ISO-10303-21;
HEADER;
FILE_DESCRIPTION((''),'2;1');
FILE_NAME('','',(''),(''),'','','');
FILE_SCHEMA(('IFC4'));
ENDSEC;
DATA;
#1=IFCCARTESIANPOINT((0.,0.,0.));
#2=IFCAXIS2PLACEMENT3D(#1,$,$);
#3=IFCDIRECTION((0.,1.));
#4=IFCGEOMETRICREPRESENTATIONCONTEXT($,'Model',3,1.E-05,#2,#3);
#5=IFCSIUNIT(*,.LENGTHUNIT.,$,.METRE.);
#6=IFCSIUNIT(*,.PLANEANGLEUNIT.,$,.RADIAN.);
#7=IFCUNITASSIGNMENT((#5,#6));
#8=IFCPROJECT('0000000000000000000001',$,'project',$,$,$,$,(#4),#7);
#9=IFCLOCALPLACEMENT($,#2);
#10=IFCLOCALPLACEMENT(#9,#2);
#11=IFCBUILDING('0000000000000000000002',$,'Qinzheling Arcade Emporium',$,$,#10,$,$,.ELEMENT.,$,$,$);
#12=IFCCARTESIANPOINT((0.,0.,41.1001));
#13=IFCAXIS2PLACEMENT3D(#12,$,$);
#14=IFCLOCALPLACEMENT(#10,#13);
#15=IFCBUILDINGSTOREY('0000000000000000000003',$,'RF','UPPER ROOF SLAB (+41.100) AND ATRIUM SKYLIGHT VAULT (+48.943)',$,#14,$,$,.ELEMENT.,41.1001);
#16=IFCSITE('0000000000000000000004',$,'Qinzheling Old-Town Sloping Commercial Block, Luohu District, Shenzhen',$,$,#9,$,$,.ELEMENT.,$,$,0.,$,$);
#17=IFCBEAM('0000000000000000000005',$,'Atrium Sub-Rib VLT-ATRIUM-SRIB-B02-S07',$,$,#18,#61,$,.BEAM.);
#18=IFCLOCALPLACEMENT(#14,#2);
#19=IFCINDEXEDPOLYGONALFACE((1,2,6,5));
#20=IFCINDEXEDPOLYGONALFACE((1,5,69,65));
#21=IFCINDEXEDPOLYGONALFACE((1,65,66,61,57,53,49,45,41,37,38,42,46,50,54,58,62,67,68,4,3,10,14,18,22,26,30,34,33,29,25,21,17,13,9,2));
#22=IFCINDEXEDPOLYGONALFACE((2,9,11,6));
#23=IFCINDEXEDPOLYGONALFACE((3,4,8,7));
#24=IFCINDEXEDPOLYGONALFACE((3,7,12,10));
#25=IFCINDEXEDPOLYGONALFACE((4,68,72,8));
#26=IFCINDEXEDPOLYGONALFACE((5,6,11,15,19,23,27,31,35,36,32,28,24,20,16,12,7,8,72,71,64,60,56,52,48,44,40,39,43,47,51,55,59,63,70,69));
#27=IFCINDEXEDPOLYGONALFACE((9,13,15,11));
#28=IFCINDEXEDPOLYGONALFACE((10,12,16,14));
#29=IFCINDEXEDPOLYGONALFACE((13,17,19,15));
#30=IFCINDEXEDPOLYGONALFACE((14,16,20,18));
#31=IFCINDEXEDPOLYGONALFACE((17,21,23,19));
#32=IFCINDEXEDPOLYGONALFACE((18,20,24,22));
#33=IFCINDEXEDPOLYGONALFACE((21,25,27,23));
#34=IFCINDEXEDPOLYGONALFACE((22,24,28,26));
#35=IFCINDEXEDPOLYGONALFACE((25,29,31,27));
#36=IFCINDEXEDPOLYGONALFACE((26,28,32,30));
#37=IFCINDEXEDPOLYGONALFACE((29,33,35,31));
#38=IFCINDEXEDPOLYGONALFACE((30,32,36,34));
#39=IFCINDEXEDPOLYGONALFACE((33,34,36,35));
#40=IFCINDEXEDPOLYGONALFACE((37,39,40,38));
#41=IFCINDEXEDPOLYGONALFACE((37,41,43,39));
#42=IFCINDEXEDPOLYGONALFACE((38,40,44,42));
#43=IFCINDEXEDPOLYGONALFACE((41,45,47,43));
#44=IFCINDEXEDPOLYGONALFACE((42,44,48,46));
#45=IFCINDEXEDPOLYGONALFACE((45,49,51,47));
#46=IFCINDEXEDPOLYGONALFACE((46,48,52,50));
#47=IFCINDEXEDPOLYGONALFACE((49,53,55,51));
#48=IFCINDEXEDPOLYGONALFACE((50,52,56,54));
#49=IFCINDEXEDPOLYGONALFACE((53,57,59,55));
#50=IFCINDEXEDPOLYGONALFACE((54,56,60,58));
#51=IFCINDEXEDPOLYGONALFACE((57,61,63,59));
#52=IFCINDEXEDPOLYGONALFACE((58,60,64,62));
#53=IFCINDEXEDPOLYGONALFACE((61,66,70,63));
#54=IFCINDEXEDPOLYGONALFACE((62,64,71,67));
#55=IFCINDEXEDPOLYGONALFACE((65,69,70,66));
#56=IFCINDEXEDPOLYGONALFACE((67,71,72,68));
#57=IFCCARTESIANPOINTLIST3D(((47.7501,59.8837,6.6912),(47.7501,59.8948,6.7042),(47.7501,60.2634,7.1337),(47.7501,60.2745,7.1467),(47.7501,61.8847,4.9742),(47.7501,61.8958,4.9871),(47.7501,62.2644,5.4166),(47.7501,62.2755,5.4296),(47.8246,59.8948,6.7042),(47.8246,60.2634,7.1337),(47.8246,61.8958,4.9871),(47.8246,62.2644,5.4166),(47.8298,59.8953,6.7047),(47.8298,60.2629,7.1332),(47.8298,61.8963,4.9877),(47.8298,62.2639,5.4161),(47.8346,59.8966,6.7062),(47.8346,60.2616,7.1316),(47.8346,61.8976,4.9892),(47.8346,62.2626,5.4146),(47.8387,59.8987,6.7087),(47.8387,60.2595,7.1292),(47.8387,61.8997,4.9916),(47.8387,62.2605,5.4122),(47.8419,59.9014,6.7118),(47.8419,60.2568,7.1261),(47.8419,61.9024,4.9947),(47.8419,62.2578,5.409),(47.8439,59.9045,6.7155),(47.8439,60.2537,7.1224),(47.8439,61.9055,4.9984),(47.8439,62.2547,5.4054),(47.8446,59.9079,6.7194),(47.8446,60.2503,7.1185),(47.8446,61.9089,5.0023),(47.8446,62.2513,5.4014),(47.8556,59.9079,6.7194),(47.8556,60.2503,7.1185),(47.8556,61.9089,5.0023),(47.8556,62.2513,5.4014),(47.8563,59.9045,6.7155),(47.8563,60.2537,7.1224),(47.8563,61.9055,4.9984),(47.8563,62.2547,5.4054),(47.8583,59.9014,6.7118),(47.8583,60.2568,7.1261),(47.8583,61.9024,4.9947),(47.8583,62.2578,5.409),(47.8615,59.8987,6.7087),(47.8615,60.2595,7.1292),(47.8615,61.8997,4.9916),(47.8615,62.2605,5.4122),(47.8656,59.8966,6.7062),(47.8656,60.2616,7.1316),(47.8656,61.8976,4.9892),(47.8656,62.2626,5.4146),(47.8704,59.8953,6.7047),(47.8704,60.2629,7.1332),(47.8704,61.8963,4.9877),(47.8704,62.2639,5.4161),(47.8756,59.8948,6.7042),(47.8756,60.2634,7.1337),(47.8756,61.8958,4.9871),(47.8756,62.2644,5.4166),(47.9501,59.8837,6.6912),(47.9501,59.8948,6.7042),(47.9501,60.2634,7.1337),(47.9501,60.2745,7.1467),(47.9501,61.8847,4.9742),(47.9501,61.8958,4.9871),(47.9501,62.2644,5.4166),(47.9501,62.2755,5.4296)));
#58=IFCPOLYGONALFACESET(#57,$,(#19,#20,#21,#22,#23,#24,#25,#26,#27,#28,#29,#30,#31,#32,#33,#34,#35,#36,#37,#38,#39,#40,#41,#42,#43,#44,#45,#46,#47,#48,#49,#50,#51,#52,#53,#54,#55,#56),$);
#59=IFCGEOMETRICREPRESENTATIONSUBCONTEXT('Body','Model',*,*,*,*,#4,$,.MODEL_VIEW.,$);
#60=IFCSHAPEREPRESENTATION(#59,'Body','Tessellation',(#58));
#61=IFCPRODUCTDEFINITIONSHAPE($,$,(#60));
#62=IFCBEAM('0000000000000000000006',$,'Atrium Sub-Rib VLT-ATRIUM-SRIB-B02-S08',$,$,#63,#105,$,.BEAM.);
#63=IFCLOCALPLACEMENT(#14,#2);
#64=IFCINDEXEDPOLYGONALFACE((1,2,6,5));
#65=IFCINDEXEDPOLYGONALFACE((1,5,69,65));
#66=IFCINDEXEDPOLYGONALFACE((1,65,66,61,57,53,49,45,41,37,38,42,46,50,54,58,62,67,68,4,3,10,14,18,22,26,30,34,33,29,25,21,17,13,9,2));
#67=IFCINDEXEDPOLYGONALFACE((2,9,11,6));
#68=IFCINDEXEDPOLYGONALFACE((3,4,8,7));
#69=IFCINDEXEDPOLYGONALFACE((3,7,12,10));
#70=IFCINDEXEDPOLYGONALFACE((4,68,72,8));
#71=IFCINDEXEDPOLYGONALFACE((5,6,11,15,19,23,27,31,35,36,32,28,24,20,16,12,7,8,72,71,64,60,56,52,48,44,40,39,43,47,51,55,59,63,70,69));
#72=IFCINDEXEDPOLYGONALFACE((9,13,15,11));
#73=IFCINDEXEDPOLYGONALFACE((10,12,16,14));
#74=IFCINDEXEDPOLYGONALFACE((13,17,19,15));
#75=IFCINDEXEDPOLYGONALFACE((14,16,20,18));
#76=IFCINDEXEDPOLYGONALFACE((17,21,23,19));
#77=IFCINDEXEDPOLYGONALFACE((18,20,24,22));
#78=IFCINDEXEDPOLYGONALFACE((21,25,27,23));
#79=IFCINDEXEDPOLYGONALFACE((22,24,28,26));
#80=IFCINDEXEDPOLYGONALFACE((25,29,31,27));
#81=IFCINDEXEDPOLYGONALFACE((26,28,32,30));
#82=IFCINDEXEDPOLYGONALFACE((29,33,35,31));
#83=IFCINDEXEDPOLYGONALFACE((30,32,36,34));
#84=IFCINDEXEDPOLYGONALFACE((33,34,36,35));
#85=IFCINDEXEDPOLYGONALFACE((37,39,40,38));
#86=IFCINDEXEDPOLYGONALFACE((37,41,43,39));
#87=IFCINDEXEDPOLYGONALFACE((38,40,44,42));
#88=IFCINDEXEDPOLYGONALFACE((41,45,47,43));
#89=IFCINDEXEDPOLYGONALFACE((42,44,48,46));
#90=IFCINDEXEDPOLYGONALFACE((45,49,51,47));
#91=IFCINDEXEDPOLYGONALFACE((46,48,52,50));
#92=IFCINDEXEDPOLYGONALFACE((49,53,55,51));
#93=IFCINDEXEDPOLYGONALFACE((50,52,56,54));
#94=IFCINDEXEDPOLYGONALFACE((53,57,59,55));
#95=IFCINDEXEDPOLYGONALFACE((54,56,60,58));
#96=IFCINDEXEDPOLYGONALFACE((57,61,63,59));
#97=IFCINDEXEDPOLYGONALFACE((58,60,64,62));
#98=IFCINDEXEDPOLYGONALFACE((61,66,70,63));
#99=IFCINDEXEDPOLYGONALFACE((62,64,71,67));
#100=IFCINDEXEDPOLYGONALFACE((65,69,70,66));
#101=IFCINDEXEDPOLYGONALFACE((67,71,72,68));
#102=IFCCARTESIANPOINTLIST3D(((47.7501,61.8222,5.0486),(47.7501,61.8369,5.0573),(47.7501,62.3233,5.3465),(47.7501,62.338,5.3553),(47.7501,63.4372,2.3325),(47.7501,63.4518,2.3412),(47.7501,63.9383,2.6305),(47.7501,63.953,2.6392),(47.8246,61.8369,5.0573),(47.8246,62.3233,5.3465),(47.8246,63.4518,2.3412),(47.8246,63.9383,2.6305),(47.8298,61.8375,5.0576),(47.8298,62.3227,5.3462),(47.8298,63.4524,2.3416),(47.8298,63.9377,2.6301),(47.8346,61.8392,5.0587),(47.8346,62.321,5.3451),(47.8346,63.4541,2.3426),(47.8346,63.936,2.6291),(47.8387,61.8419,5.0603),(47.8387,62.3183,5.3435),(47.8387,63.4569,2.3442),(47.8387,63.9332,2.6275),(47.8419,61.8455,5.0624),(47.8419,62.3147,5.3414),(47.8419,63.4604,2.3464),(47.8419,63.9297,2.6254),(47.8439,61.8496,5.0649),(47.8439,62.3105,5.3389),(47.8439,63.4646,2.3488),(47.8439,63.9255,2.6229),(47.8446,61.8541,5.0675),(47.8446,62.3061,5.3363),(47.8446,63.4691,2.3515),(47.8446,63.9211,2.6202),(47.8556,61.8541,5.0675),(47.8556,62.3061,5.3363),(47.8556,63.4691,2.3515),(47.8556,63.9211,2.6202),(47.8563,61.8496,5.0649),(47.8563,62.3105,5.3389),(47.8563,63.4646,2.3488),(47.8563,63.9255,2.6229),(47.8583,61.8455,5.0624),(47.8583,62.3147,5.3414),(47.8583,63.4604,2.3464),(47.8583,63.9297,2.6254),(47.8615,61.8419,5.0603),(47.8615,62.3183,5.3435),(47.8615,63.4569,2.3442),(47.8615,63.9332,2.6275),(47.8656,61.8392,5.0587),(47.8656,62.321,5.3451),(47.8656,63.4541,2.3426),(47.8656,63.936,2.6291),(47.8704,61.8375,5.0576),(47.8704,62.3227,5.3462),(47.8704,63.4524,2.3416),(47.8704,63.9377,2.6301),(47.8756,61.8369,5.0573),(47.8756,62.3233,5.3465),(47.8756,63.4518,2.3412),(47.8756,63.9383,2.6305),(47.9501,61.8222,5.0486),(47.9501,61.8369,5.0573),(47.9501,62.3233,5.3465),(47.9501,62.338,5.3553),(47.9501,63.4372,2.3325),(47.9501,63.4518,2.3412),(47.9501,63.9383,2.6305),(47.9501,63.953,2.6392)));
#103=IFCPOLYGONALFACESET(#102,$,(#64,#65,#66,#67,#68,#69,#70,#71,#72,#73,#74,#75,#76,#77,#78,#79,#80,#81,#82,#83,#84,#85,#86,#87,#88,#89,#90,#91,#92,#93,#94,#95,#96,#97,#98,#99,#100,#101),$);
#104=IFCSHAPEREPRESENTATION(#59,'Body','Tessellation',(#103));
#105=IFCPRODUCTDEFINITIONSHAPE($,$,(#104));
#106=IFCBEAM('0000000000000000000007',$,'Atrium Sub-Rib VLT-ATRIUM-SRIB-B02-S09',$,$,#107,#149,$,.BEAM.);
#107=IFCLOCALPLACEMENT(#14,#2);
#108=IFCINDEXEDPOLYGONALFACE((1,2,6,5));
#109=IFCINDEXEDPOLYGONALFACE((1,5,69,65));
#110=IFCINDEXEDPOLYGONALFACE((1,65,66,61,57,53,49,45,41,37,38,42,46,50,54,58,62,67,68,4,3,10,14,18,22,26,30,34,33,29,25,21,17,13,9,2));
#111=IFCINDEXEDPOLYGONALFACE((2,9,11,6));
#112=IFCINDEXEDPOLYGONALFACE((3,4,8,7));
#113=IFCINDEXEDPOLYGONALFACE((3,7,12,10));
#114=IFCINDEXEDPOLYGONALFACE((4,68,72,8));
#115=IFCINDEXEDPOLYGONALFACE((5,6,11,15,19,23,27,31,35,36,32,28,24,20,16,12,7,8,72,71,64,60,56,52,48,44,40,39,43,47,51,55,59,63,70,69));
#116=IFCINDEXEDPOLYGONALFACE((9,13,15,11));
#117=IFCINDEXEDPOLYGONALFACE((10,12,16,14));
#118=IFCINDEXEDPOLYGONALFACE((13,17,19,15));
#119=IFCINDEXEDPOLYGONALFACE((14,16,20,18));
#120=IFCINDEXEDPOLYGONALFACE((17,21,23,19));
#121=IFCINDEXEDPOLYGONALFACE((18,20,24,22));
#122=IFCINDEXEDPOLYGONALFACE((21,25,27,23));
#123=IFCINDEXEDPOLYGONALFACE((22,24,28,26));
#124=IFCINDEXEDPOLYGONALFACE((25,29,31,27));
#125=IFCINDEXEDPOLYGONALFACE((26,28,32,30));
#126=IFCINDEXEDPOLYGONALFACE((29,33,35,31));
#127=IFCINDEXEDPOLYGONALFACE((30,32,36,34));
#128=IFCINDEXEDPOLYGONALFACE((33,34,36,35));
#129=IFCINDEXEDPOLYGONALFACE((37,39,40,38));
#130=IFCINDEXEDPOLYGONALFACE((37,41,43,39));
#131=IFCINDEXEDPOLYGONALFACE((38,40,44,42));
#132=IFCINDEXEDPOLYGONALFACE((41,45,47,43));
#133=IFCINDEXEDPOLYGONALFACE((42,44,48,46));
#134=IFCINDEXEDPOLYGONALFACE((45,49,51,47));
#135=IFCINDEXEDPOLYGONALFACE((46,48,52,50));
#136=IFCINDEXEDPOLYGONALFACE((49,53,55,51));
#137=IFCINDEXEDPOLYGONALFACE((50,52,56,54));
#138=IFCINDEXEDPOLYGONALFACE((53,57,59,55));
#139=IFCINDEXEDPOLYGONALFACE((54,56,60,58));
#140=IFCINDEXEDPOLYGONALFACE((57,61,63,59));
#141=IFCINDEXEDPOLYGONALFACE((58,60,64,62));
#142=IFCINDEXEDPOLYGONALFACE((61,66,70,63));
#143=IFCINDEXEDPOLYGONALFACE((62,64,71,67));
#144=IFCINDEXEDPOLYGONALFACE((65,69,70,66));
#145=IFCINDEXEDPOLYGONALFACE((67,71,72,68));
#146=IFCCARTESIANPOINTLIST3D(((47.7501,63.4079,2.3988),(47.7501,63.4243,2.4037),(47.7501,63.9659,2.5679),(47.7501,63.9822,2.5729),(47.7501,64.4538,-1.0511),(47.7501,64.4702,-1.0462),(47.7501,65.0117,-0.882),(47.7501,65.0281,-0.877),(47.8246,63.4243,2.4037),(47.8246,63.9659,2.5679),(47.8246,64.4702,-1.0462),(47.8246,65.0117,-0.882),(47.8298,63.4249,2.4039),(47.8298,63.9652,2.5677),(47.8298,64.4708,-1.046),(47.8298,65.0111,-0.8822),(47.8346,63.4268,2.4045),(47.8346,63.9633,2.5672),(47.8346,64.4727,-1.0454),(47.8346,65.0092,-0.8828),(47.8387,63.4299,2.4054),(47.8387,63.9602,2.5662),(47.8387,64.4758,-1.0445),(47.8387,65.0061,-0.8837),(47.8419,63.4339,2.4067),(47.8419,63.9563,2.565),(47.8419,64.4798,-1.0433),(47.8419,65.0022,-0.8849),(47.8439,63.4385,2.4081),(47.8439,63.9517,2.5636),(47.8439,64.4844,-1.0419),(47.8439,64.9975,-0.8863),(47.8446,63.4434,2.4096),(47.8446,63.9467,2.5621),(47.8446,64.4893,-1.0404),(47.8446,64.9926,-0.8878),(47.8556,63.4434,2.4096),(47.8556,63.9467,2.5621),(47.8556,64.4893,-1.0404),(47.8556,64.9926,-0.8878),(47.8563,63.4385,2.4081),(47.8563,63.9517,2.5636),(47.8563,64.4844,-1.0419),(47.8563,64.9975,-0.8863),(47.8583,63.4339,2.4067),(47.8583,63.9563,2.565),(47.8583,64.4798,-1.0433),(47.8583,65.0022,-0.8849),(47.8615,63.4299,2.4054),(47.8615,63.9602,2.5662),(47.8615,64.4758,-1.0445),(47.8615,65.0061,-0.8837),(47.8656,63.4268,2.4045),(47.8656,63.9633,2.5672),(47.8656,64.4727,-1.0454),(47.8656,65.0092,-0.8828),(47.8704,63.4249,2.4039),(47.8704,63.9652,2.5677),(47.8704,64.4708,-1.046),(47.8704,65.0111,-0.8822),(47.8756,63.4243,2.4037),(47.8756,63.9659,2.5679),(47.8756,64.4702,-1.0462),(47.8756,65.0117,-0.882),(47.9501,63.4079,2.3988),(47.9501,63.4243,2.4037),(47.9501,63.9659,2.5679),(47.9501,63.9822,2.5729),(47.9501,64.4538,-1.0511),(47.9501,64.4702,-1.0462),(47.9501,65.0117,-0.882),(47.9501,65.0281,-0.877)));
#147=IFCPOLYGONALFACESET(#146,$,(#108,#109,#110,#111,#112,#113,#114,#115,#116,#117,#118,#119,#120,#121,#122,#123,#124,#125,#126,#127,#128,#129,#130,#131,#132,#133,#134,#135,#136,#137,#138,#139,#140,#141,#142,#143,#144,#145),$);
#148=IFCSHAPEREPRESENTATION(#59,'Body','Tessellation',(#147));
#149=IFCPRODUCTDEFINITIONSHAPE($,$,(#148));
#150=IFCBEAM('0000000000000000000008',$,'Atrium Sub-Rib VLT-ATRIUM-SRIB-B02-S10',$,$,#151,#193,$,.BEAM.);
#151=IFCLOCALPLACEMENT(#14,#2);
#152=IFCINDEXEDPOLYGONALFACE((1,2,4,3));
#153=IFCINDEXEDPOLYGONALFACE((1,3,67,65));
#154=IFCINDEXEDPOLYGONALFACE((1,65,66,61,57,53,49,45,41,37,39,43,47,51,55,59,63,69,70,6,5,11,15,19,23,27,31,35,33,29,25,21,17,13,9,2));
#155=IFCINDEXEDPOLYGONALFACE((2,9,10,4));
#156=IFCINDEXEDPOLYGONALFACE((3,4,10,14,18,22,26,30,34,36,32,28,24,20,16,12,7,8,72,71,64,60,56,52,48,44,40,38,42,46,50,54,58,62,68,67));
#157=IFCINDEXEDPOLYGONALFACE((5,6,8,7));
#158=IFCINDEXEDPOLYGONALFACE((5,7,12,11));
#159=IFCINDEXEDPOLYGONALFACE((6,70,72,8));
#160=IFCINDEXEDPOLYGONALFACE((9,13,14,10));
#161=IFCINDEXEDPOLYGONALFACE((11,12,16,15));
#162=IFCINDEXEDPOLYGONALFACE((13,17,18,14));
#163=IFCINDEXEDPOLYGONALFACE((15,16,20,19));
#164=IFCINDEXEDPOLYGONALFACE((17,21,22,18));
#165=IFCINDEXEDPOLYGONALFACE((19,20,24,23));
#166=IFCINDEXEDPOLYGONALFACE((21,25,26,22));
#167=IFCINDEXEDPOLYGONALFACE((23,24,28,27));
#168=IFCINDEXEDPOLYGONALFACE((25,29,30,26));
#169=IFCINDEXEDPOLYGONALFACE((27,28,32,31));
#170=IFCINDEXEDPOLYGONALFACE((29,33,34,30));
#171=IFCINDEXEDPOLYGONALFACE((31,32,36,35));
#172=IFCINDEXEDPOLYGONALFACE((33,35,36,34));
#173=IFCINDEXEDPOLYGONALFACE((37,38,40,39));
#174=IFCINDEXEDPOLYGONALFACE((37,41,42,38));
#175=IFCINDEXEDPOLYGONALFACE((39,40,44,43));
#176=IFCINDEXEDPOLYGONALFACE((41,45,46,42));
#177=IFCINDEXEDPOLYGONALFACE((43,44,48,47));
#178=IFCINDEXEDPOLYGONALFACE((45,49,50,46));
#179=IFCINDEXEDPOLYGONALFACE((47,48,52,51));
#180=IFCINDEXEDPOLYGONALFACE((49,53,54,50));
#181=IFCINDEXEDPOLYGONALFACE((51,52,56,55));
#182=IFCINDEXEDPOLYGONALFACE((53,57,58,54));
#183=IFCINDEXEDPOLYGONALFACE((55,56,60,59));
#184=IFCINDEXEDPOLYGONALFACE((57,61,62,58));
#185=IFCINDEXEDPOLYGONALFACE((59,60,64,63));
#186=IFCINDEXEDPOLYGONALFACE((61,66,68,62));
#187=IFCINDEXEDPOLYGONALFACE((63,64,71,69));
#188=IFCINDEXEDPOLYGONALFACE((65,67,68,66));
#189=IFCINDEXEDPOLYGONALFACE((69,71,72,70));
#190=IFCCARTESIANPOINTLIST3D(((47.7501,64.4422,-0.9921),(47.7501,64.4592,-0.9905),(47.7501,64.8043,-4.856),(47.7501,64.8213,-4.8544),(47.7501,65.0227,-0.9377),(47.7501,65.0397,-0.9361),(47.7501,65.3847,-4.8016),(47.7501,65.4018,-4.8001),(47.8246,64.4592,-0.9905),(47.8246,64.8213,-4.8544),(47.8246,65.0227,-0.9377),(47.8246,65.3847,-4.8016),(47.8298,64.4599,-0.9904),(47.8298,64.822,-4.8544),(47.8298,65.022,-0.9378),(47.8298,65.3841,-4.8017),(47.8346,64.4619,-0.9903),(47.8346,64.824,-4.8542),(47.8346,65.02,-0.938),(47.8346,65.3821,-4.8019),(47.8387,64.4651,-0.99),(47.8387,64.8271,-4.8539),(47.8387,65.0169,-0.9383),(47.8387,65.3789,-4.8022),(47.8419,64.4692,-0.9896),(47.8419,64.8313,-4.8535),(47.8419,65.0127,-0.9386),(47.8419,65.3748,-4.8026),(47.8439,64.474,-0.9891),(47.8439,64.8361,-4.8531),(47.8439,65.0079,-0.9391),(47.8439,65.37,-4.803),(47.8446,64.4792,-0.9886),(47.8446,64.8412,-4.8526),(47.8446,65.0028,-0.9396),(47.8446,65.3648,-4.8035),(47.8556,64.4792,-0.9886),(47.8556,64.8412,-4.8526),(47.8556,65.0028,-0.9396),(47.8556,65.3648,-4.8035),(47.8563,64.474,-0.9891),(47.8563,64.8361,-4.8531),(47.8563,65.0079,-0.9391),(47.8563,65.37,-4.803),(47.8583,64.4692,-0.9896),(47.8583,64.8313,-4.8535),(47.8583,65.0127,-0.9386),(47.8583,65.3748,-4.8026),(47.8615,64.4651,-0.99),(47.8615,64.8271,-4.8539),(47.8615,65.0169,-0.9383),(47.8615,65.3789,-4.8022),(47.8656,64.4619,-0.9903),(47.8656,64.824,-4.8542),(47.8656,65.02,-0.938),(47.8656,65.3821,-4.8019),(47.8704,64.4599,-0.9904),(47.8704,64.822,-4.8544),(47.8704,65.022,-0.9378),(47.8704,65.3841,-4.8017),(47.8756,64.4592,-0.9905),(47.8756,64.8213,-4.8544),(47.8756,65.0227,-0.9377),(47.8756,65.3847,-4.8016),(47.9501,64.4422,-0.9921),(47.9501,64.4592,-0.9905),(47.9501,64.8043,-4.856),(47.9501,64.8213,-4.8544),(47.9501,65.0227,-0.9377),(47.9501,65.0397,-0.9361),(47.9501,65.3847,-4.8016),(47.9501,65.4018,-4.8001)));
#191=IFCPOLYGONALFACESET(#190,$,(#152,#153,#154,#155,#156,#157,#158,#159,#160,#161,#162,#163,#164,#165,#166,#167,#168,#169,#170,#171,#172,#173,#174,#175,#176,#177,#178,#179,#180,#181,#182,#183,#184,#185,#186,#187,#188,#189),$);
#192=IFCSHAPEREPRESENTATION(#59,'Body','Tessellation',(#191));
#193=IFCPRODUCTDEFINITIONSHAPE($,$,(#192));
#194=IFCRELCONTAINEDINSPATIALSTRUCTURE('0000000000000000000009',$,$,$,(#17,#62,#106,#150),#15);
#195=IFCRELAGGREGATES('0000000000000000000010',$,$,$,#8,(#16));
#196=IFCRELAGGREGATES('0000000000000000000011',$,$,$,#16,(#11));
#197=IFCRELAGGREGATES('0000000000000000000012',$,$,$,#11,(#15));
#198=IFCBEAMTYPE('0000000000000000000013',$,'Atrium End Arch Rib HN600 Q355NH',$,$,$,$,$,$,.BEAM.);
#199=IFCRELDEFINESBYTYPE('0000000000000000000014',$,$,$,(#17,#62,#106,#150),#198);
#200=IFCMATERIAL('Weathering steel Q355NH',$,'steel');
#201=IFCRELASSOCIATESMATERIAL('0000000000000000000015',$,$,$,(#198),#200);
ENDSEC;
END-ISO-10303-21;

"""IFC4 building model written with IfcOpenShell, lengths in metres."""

from ifc_helpers import new_model, si_unit, direction, frame, origin, origin_2d, place, context, subcontext, project, spatial, i_section, extrude, material, material_profile, profile_set, type_object, element, save


model = new_model("IFC4")

# Units and contexts
model_context = context("Model", 3, precision=1e-05, world=origin(), true_north=direction((0.0, 1.0)))
body_context = subcontext(model_context, "Body", "Model", "MODEL_VIEW")
ifc_project = project(units=[si_unit("LENGTHUNIT", "METRE"), si_unit("PLANEANGLEUNIT", "RADIAN")], contexts=[model_context])

# Site, building, storey
site_placement = place(None, origin())
site = spatial("IfcSite", under=ifc_project, at=site_placement, Name="Qinzheling Old-Town Sloping Commercial Block, Luohu District, Shenzhen", CompositionType="ELEMENT", RefElevation=0.0)
building_placement = place(site_placement, origin())
building = spatial("IfcBuilding", under=site, at=building_placement, Name="Qinzheling Arcade Emporium", CompositionType="ELEMENT")
storey_placement = place(building_placement, frame((0.0, 0.0, 41.1001)))
storey = spatial("IfcBuildingStorey", under=building, at=storey_placement, Name="RF", Description="UPPER ROOF SLAB (+41.100) AND ATRIUM SKYLIGHT VAULT (+48.943)", CompositionType="ELEMENT", Elevation=41.1001)

# Beams
ifc_material_1 = material(Name="Weathering steel Q355NH", Category="steel")
ifc_material_profile_1 = material_profile(ifc_material_1, i_section(OverallWidth=0.2, OverallDepth=0.6001, WebThickness=0.011, FlangeThickness=0.0171, FilletRadius=0.02, at=origin_2d()), Name="HN 600x200x11x17", Category="steel")
ifc_profile_set_1 = profile_set([ifc_material_profile_1], Name="Weathering steel Q355NH")
beam_type_1 = type_object("IfcBeamType", Name="Atrium End Arch Rib HN600 Q355NH", PredefinedType="BEAM", material=ifc_profile_set_1)
beam_1_placement = place(storey_placement, frame((47.8501, 60.0791, 6.9189), z_axis=(0.0, 0.758897, -0.651211), x_axis=(-1.0, 0.0, 0.0)))
element("IfcBeam", 1, at=beam_1_placement, inside=storey, type_object=beam_type_1, Name="Atrium Sub-Rib VLT-ATRIUM-SRIB-B02-S07", PredefinedType="BEAM", context=body_context, shape_type="SweptSolid", body=[
    extrude(i_section(OverallWidth=0.2, OverallDepth=0.6001, WebThickness=0.011, FlangeThickness=0.0171, FilletRadius=0.02, at=origin_2d()), origin(), (0.0, 0.0, 1.0), 2.6367),
])
beam_2_placement = place(storey_placement, frame((47.8501, 62.0801, 5.2019), z_axis=(0.0, 0.511083, -0.859531), x_axis=(-1.0, 0.0, 0.0)))
element("IfcBeam", 2, at=beam_2_placement, inside=storey, type_object=beam_type_1, Name="Atrium Sub-Rib VLT-ATRIUM-SRIB-B02-S08", PredefinedType="BEAM", context=body_context, shape_type="SweptSolid", body=[
    extrude(i_section(OverallWidth=0.2, OverallDepth=0.6001, WebThickness=0.011, FlangeThickness=0.0171, FilletRadius=0.02, at=origin_2d()), origin(), (0.0, 0.0, 1.0), 3.1599),
])
beam_3_placement = place(storey_placement, frame((47.8501, 63.6951, 2.4858), z_axis=(0.0, 0.290124, -0.956989), x_axis=(-1.0, 0.0, 0.0)))
element("IfcBeam", 3, at=beam_3_placement, inside=storey, type_object=beam_type_1, Name="Atrium Sub-Rib VLT-ATRIUM-SRIB-B02-S09", PredefinedType="BEAM", context=body_context, shape_type="SweptSolid", body=[
    extrude(i_section(OverallWidth=0.2, OverallDepth=0.6001, WebThickness=0.011, FlangeThickness=0.0171, FilletRadius=0.02, at=origin_2d()), origin(), (0.0, 0.0, 1.0), 3.605),
])
beam_4_placement = place(storey_placement, frame((47.8501, 64.741, -0.9641), z_axis=(0.0, 0.093292, -0.995639), x_axis=(-1.0, 0.0, 0.0)))
element("IfcBeam", 4, at=beam_4_placement, inside=storey, type_object=beam_type_1, Name="Atrium Sub-Rib VLT-ATRIUM-SRIB-B02-S10", PredefinedType="BEAM", context=body_context, shape_type="SweptSolid", body=[
    extrude(i_section(OverallWidth=0.2, OverallDepth=0.6001, WebThickness=0.011, FlangeThickness=0.0171, FilletRadius=0.02, at=origin_2d()), origin(), (0.0, 0.0, 1.0), 3.8809),
])

save(model, "model.ifc")
